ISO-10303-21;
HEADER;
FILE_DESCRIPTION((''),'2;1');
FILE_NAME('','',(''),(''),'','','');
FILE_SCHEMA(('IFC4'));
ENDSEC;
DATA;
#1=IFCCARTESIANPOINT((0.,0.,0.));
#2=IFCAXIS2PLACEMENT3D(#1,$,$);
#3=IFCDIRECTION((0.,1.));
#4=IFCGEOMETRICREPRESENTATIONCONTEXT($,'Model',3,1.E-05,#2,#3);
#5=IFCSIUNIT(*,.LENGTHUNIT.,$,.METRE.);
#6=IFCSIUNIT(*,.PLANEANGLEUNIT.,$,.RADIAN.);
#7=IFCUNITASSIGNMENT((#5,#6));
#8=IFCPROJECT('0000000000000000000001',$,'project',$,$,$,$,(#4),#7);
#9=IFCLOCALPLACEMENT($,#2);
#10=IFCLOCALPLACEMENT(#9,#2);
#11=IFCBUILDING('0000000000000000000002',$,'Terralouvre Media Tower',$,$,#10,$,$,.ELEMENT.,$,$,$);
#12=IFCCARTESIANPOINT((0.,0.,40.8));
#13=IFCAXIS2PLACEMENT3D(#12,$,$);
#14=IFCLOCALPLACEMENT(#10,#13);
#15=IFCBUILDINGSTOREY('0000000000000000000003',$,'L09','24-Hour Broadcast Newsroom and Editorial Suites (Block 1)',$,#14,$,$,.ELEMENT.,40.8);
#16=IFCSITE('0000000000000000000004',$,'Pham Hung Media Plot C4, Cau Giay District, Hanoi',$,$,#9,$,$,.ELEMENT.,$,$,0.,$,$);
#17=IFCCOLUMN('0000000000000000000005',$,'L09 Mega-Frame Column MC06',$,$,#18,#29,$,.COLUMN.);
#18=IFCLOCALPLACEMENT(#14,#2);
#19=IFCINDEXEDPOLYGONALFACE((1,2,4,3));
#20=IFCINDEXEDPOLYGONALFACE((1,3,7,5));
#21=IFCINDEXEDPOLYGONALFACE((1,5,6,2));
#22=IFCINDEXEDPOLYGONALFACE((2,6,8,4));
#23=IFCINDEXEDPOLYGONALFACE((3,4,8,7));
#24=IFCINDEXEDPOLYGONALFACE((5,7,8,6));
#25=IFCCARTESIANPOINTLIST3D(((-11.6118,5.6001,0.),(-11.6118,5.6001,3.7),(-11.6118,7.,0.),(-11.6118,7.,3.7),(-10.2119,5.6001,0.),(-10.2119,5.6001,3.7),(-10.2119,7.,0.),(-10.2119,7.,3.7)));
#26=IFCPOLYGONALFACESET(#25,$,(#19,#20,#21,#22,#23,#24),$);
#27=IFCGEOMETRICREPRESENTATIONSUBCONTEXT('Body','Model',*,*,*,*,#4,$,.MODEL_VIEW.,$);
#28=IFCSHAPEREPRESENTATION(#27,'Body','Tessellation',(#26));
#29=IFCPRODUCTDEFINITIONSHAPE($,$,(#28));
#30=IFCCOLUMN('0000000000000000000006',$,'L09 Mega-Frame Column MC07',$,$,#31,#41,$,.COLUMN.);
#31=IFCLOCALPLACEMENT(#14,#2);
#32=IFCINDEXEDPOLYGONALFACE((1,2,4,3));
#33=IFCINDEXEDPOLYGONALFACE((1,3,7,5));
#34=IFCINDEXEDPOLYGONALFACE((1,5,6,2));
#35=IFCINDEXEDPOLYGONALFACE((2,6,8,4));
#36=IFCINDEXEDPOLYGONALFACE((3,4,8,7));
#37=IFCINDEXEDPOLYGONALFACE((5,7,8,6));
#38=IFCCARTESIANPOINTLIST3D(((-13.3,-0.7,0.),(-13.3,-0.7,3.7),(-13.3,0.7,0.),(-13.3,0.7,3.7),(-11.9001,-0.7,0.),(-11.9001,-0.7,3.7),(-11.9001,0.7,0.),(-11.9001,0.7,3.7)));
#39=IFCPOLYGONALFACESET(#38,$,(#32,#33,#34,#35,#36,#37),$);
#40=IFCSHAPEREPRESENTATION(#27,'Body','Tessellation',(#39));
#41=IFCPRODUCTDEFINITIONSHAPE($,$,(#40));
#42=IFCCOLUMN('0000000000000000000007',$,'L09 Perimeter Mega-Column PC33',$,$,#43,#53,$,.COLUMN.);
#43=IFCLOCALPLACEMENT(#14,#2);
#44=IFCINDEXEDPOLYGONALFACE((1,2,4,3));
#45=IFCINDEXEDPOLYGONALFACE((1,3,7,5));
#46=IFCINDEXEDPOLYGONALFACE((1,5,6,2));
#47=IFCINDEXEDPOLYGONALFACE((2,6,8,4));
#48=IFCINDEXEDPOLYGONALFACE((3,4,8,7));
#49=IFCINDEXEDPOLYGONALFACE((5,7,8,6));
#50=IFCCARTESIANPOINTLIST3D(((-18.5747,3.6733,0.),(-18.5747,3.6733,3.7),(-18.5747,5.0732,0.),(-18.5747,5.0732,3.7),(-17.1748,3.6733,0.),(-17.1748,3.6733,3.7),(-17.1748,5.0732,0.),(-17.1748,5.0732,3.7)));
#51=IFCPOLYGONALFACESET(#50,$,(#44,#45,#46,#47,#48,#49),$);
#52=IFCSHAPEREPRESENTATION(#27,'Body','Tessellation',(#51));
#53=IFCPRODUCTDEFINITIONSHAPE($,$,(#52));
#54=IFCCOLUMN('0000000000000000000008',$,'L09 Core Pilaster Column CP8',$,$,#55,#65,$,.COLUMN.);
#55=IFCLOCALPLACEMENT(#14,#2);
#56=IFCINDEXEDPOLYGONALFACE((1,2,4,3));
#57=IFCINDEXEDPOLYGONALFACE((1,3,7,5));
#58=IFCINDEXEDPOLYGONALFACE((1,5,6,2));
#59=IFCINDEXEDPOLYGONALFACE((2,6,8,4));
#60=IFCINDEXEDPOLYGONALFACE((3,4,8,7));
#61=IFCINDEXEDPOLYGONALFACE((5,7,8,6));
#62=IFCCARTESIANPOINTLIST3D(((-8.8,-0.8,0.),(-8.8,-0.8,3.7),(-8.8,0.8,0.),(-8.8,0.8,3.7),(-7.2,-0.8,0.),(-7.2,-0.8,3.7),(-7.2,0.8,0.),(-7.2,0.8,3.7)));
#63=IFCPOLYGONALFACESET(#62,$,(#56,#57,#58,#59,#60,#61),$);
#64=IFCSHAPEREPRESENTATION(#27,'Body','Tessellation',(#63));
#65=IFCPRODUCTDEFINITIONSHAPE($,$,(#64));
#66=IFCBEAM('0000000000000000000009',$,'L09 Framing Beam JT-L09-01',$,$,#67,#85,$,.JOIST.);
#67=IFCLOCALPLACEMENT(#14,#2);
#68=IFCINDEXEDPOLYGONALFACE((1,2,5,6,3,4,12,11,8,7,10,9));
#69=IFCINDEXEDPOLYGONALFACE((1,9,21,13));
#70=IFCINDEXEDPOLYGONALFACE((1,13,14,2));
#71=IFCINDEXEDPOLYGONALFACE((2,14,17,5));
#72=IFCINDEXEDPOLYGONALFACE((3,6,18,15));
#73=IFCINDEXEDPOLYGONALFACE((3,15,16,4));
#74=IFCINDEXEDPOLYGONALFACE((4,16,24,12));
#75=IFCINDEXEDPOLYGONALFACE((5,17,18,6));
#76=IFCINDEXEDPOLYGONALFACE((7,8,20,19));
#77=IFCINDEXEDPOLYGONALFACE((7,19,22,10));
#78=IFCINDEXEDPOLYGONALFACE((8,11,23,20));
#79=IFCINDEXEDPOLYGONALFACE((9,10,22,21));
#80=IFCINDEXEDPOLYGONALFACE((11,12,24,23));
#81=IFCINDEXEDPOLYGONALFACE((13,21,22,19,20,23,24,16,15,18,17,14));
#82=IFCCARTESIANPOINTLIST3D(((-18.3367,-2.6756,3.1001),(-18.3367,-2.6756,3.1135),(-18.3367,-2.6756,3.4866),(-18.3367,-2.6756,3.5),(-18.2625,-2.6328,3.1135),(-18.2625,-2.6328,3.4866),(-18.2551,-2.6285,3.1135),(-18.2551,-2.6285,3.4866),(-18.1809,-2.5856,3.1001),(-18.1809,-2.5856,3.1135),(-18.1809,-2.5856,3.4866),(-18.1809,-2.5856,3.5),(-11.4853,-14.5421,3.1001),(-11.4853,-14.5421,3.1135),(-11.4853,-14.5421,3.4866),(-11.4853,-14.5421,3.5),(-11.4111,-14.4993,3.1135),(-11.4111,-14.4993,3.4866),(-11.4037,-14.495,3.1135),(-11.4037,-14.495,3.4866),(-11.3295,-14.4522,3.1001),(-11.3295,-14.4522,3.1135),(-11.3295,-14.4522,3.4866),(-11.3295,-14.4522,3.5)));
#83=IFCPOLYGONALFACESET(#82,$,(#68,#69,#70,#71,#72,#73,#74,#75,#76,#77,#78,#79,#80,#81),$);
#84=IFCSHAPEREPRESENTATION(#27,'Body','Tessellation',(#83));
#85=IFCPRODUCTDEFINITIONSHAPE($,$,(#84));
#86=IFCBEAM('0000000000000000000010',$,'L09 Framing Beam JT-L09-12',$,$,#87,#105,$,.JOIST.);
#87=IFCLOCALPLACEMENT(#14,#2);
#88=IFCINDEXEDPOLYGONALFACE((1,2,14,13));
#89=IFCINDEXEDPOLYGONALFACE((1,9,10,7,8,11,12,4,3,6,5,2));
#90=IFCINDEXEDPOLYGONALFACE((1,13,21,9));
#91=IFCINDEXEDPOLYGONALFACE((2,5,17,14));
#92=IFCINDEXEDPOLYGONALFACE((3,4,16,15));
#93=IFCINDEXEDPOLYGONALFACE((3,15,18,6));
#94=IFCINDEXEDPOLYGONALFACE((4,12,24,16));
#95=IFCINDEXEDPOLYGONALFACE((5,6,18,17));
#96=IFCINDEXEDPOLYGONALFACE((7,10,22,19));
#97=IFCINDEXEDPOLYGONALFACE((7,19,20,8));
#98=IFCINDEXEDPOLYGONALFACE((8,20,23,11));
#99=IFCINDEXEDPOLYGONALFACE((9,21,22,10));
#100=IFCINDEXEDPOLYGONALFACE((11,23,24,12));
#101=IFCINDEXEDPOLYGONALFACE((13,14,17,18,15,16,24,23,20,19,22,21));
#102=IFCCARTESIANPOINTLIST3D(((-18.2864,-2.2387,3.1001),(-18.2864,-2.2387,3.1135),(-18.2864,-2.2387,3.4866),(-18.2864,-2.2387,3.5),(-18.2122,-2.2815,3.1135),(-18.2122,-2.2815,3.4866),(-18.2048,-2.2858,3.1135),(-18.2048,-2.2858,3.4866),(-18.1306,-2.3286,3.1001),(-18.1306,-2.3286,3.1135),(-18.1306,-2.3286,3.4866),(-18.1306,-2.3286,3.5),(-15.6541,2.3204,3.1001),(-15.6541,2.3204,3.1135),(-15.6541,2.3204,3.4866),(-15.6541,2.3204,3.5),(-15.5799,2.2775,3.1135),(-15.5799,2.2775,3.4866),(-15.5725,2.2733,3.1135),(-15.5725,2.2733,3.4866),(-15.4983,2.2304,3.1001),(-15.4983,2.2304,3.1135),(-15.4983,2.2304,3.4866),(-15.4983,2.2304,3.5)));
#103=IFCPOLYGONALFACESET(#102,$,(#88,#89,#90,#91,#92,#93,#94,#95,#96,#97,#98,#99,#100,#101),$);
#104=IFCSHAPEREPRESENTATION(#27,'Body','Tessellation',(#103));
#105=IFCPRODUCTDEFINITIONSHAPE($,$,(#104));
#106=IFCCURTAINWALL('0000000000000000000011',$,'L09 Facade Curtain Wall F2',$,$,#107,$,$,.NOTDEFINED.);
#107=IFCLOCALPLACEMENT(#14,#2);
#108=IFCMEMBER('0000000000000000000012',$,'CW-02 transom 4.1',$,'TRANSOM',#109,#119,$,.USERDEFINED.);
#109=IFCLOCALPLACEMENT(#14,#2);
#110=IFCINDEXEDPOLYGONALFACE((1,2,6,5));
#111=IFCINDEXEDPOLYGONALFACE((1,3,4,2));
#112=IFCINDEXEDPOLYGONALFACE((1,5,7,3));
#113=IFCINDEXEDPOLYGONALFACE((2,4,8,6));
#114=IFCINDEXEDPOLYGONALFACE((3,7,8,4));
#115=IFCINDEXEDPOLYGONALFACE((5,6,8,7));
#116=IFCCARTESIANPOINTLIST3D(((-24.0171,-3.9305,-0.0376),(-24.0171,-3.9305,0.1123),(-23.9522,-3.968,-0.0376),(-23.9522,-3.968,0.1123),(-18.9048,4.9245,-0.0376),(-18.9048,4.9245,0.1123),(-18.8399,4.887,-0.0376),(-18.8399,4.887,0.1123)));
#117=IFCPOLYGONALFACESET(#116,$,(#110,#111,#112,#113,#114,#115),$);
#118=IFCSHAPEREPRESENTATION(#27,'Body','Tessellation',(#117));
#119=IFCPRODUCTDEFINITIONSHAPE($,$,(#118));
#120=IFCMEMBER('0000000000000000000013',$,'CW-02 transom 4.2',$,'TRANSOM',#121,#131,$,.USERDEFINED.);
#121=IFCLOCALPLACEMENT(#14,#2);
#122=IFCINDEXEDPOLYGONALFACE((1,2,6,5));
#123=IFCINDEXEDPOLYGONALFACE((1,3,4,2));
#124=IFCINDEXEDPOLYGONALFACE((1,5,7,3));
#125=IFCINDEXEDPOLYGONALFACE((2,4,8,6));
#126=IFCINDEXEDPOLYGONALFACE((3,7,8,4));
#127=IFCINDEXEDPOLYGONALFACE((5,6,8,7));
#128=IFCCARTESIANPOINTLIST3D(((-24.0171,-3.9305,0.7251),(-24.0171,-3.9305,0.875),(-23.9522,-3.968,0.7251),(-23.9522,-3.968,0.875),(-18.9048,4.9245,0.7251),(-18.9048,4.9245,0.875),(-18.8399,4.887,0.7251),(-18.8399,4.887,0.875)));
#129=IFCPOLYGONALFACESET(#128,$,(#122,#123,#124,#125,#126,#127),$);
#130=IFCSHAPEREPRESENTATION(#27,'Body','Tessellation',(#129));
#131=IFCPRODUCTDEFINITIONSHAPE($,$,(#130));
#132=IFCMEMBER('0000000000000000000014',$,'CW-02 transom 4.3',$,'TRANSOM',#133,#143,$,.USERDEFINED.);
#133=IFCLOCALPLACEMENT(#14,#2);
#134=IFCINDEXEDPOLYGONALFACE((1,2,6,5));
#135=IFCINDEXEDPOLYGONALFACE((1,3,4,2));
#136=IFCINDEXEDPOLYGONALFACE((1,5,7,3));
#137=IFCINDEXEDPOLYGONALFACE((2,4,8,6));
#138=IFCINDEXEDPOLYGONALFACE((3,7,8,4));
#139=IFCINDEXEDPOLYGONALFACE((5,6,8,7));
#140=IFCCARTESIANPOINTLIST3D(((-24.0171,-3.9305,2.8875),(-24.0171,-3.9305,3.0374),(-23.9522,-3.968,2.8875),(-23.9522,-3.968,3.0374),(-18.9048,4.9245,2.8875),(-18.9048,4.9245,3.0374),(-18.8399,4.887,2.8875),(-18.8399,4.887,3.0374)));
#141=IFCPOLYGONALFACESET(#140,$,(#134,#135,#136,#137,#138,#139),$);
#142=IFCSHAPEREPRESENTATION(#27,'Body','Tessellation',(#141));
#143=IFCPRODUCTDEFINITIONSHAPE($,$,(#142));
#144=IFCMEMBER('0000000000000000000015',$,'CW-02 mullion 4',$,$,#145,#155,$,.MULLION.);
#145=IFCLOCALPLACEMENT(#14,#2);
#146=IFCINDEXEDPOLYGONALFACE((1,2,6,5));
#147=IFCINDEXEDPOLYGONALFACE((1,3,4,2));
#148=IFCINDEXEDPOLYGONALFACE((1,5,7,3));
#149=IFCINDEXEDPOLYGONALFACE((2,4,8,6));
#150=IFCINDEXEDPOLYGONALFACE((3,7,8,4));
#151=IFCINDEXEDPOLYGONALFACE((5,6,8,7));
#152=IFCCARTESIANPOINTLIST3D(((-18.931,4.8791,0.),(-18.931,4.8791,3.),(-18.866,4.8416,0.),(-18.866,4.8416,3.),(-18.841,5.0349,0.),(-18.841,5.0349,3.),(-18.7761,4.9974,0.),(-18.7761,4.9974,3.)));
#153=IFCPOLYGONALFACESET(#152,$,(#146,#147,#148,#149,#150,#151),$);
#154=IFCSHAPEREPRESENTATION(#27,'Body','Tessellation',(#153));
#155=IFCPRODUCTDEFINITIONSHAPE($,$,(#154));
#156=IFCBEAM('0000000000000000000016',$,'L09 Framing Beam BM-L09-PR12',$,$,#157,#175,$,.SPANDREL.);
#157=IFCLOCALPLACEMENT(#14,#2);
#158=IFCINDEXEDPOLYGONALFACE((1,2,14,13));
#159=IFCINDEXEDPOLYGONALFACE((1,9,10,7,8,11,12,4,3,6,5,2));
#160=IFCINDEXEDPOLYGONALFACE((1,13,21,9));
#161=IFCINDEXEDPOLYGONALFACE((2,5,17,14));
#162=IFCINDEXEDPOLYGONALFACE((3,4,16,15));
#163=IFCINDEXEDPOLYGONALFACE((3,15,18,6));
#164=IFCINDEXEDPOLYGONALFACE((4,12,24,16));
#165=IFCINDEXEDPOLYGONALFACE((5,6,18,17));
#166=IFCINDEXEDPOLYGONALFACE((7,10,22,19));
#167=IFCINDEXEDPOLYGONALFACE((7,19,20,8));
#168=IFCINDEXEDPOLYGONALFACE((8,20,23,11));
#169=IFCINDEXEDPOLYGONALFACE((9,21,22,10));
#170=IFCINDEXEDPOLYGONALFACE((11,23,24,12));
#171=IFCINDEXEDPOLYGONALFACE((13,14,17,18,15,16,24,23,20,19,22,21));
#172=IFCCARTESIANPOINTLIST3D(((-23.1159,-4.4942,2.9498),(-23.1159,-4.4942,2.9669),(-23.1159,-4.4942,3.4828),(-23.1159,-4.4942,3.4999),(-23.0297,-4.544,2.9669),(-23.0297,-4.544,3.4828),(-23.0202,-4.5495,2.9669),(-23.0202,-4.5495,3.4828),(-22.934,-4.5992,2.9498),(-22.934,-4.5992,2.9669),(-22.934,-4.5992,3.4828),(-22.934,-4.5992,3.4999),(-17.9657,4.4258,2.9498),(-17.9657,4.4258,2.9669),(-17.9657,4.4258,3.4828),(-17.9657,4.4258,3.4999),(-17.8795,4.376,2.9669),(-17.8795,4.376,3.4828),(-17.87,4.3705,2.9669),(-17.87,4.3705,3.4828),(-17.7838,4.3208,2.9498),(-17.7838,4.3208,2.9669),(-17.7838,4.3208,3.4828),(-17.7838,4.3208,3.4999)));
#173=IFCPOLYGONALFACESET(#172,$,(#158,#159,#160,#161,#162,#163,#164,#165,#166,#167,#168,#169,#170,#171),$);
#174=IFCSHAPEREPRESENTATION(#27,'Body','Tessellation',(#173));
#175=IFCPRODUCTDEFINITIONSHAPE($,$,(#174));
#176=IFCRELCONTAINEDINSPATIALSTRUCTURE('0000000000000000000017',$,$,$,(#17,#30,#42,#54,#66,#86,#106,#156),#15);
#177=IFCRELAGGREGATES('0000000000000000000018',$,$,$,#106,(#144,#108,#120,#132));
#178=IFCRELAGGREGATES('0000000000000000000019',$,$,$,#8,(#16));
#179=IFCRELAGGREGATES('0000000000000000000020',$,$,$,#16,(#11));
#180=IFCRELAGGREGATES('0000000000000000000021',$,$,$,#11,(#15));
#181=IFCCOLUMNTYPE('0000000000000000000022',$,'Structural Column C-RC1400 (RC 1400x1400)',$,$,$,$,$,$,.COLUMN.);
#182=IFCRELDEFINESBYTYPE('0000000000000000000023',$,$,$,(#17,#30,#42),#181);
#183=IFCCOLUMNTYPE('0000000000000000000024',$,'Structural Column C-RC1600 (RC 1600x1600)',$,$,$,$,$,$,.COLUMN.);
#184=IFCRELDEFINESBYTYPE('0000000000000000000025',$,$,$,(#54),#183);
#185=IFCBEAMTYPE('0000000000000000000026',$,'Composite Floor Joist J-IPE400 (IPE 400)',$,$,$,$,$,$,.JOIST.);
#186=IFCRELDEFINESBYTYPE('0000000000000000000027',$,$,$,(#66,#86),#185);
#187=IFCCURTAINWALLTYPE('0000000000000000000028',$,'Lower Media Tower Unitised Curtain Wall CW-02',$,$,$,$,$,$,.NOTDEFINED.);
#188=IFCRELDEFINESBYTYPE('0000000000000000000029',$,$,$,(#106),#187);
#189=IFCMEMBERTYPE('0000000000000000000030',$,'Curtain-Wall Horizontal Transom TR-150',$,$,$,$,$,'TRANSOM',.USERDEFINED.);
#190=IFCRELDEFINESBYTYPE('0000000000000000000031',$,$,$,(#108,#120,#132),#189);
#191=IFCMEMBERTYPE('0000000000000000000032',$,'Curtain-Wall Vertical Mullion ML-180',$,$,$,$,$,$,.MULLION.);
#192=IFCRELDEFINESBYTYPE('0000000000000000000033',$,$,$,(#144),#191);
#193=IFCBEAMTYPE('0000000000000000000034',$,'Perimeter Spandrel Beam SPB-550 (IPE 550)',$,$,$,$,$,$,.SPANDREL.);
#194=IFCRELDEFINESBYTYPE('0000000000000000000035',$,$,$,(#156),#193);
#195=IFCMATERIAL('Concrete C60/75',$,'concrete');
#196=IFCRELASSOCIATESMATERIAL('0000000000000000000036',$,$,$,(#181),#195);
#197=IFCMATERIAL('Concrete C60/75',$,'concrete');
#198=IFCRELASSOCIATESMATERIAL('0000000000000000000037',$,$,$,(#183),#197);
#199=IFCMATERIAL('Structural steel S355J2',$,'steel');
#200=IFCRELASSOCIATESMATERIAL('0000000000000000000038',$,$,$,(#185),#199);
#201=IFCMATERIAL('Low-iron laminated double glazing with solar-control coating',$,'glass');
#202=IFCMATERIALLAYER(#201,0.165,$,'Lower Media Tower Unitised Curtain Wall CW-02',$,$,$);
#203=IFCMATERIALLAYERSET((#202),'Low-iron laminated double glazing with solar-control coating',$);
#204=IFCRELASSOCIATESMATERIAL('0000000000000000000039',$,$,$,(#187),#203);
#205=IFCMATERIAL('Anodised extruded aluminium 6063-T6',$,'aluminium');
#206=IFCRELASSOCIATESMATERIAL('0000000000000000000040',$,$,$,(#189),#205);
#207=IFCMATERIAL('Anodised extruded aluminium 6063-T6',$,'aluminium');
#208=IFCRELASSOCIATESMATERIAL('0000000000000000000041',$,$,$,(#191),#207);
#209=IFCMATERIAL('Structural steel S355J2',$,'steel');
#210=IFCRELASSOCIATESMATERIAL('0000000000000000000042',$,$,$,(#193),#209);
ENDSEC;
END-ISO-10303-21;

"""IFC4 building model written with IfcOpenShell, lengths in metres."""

from ifc_helpers import new_model, si_unit, direction, frame, origin, origin_2d, place, context, subcontext, project, spatial, rectangle, i_section, extrude, material, layer, layer_set, material_profile, profile_set, type_object, element, aggregate, save


model = new_model("IFC4")

# Units and contexts
model_context = context("Model", 3, precision=1e-05, world=origin(), true_north=direction((0.0, 1.0)))
body_context = subcontext(model_context, "Body", "Model", "MODEL_VIEW")
ifc_project = project(units=[si_unit("LENGTHUNIT", "METRE"), si_unit("PLANEANGLEUNIT", "RADIAN")], contexts=[model_context])

# Site, building, storey
site_placement = place(None, origin())
site = spatial("IfcSite", under=ifc_project, at=site_placement, Name="Pham Hung Media Plot C4, Cau Giay District, Hanoi", CompositionType="ELEMENT", RefElevation=0.0)
building_placement = place(site_placement, origin())
building = spatial("IfcBuilding", under=site, at=building_placement, Name="Terralouvre Media Tower", CompositionType="ELEMENT")
storey_placement = place(building_placement, frame((0.0, 0.0, 40.8)))
storey = spatial("IfcBuildingStorey", under=building, at=storey_placement, Name="L09", Description="24-Hour Broadcast Newsroom and Editorial Suites (Block 1)", CompositionType="ELEMENT", Elevation=40.8)

# Columns
ifc_material_1 = material(Name="Concrete C60/75", Category="concrete")
ifc_material_profile_1 = material_profile(ifc_material_1, rectangle(XDim=1.3999, YDim=1.3999, at=origin_2d()), Name="RC 1400x1400")
ifc_profile_set_1 = profile_set([ifc_material_profile_1], Name="Concrete C60/75")
column_type_1 = type_object("IfcColumnType", Name="Structural Column C-RC1400 (RC 1400x1400)", PredefinedType="COLUMN", material=ifc_profile_set_1)
for number, where, z_axis, x_axis, name in (
    (1, (-10.9119, 6.3, 0.0), (0.0, 0.0, 1.0), (1.0, 0.0, 0.0), "L09 Mega-Frame Column MC06"),
    (2, (-12.6001, 0.0, 0.0), (0.0, 0.0, 1.0), (1.0, 0.0, 0.0), "L09 Mega-Frame Column MC07"),
    (3, (-17.8748, 4.3733, 0.0), (0.0, 0.0, 1.0), (1.0, 0.0, 0.0), "L09 Perimeter Mega-Column PC33"),
):
    element("IfcColumn", number, at=place(storey_placement, frame(where, z_axis=z_axis, x_axis=x_axis)), inside=storey, type_object=column_type_1, Name=name, PredefinedType="COLUMN", context=body_context, shape_type="SweptSolid", body=[
        extrude(rectangle(XDim=1.3999, YDim=1.3999, at=origin_2d()), origin(), (0.0, 0.0, 1.0), 3.7),
    ])
ifc_material_2 = material(Name="Concrete C60/75", Category="concrete")
ifc_material_profile_2 = material_profile(ifc_material_2, rectangle(XDim=1.6001, YDim=1.6001, at=origin_2d()), Name="RC 1600x1600")
ifc_profile_set_2 = profile_set([ifc_material_profile_2], Name="Concrete C60/75")
column_type_2 = type_object("IfcColumnType", Name="Structural Column C-RC1600 (RC 1600x1600)", PredefinedType="COLUMN", material=ifc_profile_set_2)
column_placement = place(storey_placement, frame((-8.0, 0.0, 0.0), z_axis=(0.0, 0.0, 1.0), x_axis=(1.0, 0.0, 0.0)))
element("IfcColumn", 4, at=column_placement, inside=storey, type_object=column_type_2, Name="L09 Core Pilaster Column CP8", PredefinedType="COLUMN", context=body_context, shape_type="SweptSolid", body=[
    extrude(rectangle(XDim=1.6001, YDim=1.6001, at=origin_2d()), origin(), (0.0, 0.0, 1.0), 3.7),
])

# Beams
ifc_material_3 = material(Name="Structural steel S355J2", Category="steel")
ifc_material_profile_3 = material_profile(ifc_material_3, i_section(OverallWidth=0.1799, OverallDepth=0.3999, WebThickness=0.0085, FlangeThickness=0.0134, at=origin_2d()), Name="IPE 400")
ifc_profile_set_3 = profile_set([ifc_material_profile_3], Name="Structural steel S355J2")
beam_type_1 = type_object("IfcBeamType", Name="Composite Floor Joist J-IPE400 (IPE 400)", PredefinedType="JOIST", material=ifc_profile_set_3)
beam_1_placement = place(storey_placement, frame((-18.2588, -2.6306, 3.3), z_axis=(0.500012, -0.866019, 0.0), x_axis=(0.866019, 0.500012, 0.0)))
element("IfcBeam", 5, at=beam_1_placement, inside=storey, type_object=beam_type_1, Name="L09 Framing Beam JT-L09-01", PredefinedType="JOIST", context=body_context, shape_type="SweptSolid", body=[
    extrude(i_section(OverallWidth=0.1799, OverallDepth=0.3999, WebThickness=0.0085, FlangeThickness=0.0134, at=origin_2d()), origin(), (0.0, 0.0, 1.0), 13.7024),
])
beam_2_placement = place(storey_placement, frame((-15.5762, 2.2754, 3.3), z_axis=(-0.50002, -0.866014, 0.0), x_axis=(0.866014, -0.50002, 0.0)))
element("IfcBeam", 6, at=beam_2_placement, inside=storey, type_object=beam_type_1, Name="L09 Framing Beam JT-L09-12", PredefinedType="JOIST", context=body_context, shape_type="SweptSolid", body=[
    extrude(i_section(OverallWidth=0.1799, OverallDepth=0.3999, WebThickness=0.0085, FlangeThickness=0.0134, at=origin_2d()), origin(), (0.0, 0.0, 1.0), 5.2644),
])

# Curtain wall, members
ifc_material_4 = material(Name="Low-iron laminated double glazing with solar-control coating", Category="glass")
ifc_layer_1 = layer(ifc_material_4, 0.165, Name="Lower Media Tower Unitised Curtain Wall CW-02")
ifc_layer_set_1 = layer_set([ifc_layer_1], Name="Low-iron laminated double glazing with solar-control coating")
curtain_wall_type = type_object("IfcCurtainWallType", Name="Lower Media Tower Unitised Curtain Wall CW-02", PredefinedType="NOTDEFINED", material=ifc_layer_set_1)
curtain_wall_placement = place(storey_placement, origin())
curtain_wall = element("IfcCurtainWall", 7, at=curtain_wall_placement, inside=storey, type_object=curtain_wall_type, Name="L09 Facade Curtain Wall F2", PredefinedType="NOTDEFINED")
ifc_material_5 = material(Name="Anodised extruded aluminium 6063-T6", Category="aluminium")
ifc_material_profile_4 = material_profile(ifc_material_5, rectangle(XDim=0.075, YDim=0.1499, at=origin_2d()), Name="ALU 75x150")
ifc_profile_set_4 = profile_set([ifc_material_profile_4], Name="Anodised extruded aluminium 6063-T6")
member_type_1 = type_object("IfcMemberType", Name="Curtain-Wall Horizontal Transom TR-150", ElementType="TRANSOM", PredefinedType="USERDEFINED", material=ifc_profile_set_4)
member_1_placement = place(storey_placement, frame((-18.8723, 4.9058, 0.0374), z_axis=(-0.499991, -0.866031, 0.0), x_axis=(0.866031, -0.499991, 0.0)))
member_1 = element("IfcMember", 8, at=member_1_placement, type_object=member_type_1, Name="CW-02 transom 4.1", ObjectType="TRANSOM", PredefinedType="USERDEFINED", context=body_context, shape_type="SweptSolid", body=[
    extrude(rectangle(XDim=0.075, YDim=0.1499, at=origin_2d()), origin(), (0.0, 0.0, 1.0), 10.2249),
])
member_2_placement = place(storey_placement, frame((-18.8723, 4.9058, 0.8), z_axis=(-0.499991, -0.866031, 0.0), x_axis=(0.866031, -0.499991, 0.0)))
member_2 = element("IfcMember", 9, at=member_2_placement, type_object=member_type_1, Name="CW-02 transom 4.2", ObjectType="TRANSOM", PredefinedType="USERDEFINED", context=body_context, shape_type="SweptSolid", body=[
    extrude(rectangle(XDim=0.075, YDim=0.1499, at=origin_2d()), origin(), (0.0, 0.0, 1.0), 10.2249),
])
member_3_placement = place(storey_placement, frame((-18.8723, 4.9058, 2.9624), z_axis=(-0.499991, -0.866031, 0.0), x_axis=(0.866031, -0.499991, 0.0)))
member_3 = element("IfcMember", 10, at=member_3_placement, type_object=member_type_1, Name="CW-02 transom 4.3", ObjectType="TRANSOM", PredefinedType="USERDEFINED", context=body_context, shape_type="SweptSolid", body=[
    extrude(rectangle(XDim=0.075, YDim=0.1499, at=origin_2d()), origin(), (0.0, 0.0, 1.0), 10.2249),
])
ifc_material_6 = material(Name="Anodised extruded aluminium 6063-T6", Category="aluminium")
ifc_material_profile_5 = material_profile(ifc_material_6, rectangle(XDim=0.075, YDim=0.1799, at=origin_2d()), Name="ALU 75x180")
ifc_profile_set_5 = profile_set([ifc_material_profile_5], Name="Anodised extruded aluminium 6063-T6")
member_type_2 = type_object("IfcMemberType", Name="Curtain-Wall Vertical Mullion ML-180", PredefinedType="MULLION", material=ifc_profile_set_5)
member_4_placement = place(storey_placement, frame((-18.8535, 4.9382, 0.0), z_axis=(0.0, 0.0, 1.0), x_axis=(0.866025, -0.5, 0.0)))
member_4 = element("IfcMember", 11, at=member_4_placement, type_object=member_type_2, Name="CW-02 mullion 4", PredefinedType="MULLION", context=body_context, shape_type="SweptSolid", body=[
    extrude(rectangle(XDim=0.075, YDim=0.1799, at=origin_2d()), origin(), (0.0, 0.0, 1.0), 3.0),
])

# Beam
ifc_material_7 = material(Name="Structural steel S355J2", Category="steel")
ifc_material_profile_6 = material_profile(ifc_material_7, i_section(OverallWidth=0.21, OverallDepth=0.55, WebThickness=0.011, FlangeThickness=0.0171, at=origin_2d()), Name="IPE 550")
ifc_profile_set_6 = profile_set([ifc_material_profile_6], Name="Structural steel S355J2")
beam_type_2 = type_object("IfcBeamType", Name="Perimeter Spandrel Beam SPB-550 (IPE 550)", PredefinedType="SPANDREL", material=ifc_profile_set_6)
beam_3_placement = place(storey_placement, frame((-17.8748, 4.3733, 3.2249), z_axis=(-0.500017, -0.866016, 0.0), x_axis=(0.866016, -0.500017, 0.0)))
element("IfcBeam", 12, at=beam_3_placement, inside=storey, type_object=beam_type_2, Name="L09 Framing Beam BM-L09-PR12", PredefinedType="SPANDREL", context=body_context, shape_type="SweptSolid", body=[
    extrude(i_section(OverallWidth=0.21, OverallDepth=0.55, WebThickness=0.011, FlangeThickness=0.0171, at=origin_2d()), origin(), (0.0, 0.0, 1.0), 10.3),
])

aggregate(curtain_wall, [member_4, member_1, member_2, member_3])

save(model, "model.ifc")
